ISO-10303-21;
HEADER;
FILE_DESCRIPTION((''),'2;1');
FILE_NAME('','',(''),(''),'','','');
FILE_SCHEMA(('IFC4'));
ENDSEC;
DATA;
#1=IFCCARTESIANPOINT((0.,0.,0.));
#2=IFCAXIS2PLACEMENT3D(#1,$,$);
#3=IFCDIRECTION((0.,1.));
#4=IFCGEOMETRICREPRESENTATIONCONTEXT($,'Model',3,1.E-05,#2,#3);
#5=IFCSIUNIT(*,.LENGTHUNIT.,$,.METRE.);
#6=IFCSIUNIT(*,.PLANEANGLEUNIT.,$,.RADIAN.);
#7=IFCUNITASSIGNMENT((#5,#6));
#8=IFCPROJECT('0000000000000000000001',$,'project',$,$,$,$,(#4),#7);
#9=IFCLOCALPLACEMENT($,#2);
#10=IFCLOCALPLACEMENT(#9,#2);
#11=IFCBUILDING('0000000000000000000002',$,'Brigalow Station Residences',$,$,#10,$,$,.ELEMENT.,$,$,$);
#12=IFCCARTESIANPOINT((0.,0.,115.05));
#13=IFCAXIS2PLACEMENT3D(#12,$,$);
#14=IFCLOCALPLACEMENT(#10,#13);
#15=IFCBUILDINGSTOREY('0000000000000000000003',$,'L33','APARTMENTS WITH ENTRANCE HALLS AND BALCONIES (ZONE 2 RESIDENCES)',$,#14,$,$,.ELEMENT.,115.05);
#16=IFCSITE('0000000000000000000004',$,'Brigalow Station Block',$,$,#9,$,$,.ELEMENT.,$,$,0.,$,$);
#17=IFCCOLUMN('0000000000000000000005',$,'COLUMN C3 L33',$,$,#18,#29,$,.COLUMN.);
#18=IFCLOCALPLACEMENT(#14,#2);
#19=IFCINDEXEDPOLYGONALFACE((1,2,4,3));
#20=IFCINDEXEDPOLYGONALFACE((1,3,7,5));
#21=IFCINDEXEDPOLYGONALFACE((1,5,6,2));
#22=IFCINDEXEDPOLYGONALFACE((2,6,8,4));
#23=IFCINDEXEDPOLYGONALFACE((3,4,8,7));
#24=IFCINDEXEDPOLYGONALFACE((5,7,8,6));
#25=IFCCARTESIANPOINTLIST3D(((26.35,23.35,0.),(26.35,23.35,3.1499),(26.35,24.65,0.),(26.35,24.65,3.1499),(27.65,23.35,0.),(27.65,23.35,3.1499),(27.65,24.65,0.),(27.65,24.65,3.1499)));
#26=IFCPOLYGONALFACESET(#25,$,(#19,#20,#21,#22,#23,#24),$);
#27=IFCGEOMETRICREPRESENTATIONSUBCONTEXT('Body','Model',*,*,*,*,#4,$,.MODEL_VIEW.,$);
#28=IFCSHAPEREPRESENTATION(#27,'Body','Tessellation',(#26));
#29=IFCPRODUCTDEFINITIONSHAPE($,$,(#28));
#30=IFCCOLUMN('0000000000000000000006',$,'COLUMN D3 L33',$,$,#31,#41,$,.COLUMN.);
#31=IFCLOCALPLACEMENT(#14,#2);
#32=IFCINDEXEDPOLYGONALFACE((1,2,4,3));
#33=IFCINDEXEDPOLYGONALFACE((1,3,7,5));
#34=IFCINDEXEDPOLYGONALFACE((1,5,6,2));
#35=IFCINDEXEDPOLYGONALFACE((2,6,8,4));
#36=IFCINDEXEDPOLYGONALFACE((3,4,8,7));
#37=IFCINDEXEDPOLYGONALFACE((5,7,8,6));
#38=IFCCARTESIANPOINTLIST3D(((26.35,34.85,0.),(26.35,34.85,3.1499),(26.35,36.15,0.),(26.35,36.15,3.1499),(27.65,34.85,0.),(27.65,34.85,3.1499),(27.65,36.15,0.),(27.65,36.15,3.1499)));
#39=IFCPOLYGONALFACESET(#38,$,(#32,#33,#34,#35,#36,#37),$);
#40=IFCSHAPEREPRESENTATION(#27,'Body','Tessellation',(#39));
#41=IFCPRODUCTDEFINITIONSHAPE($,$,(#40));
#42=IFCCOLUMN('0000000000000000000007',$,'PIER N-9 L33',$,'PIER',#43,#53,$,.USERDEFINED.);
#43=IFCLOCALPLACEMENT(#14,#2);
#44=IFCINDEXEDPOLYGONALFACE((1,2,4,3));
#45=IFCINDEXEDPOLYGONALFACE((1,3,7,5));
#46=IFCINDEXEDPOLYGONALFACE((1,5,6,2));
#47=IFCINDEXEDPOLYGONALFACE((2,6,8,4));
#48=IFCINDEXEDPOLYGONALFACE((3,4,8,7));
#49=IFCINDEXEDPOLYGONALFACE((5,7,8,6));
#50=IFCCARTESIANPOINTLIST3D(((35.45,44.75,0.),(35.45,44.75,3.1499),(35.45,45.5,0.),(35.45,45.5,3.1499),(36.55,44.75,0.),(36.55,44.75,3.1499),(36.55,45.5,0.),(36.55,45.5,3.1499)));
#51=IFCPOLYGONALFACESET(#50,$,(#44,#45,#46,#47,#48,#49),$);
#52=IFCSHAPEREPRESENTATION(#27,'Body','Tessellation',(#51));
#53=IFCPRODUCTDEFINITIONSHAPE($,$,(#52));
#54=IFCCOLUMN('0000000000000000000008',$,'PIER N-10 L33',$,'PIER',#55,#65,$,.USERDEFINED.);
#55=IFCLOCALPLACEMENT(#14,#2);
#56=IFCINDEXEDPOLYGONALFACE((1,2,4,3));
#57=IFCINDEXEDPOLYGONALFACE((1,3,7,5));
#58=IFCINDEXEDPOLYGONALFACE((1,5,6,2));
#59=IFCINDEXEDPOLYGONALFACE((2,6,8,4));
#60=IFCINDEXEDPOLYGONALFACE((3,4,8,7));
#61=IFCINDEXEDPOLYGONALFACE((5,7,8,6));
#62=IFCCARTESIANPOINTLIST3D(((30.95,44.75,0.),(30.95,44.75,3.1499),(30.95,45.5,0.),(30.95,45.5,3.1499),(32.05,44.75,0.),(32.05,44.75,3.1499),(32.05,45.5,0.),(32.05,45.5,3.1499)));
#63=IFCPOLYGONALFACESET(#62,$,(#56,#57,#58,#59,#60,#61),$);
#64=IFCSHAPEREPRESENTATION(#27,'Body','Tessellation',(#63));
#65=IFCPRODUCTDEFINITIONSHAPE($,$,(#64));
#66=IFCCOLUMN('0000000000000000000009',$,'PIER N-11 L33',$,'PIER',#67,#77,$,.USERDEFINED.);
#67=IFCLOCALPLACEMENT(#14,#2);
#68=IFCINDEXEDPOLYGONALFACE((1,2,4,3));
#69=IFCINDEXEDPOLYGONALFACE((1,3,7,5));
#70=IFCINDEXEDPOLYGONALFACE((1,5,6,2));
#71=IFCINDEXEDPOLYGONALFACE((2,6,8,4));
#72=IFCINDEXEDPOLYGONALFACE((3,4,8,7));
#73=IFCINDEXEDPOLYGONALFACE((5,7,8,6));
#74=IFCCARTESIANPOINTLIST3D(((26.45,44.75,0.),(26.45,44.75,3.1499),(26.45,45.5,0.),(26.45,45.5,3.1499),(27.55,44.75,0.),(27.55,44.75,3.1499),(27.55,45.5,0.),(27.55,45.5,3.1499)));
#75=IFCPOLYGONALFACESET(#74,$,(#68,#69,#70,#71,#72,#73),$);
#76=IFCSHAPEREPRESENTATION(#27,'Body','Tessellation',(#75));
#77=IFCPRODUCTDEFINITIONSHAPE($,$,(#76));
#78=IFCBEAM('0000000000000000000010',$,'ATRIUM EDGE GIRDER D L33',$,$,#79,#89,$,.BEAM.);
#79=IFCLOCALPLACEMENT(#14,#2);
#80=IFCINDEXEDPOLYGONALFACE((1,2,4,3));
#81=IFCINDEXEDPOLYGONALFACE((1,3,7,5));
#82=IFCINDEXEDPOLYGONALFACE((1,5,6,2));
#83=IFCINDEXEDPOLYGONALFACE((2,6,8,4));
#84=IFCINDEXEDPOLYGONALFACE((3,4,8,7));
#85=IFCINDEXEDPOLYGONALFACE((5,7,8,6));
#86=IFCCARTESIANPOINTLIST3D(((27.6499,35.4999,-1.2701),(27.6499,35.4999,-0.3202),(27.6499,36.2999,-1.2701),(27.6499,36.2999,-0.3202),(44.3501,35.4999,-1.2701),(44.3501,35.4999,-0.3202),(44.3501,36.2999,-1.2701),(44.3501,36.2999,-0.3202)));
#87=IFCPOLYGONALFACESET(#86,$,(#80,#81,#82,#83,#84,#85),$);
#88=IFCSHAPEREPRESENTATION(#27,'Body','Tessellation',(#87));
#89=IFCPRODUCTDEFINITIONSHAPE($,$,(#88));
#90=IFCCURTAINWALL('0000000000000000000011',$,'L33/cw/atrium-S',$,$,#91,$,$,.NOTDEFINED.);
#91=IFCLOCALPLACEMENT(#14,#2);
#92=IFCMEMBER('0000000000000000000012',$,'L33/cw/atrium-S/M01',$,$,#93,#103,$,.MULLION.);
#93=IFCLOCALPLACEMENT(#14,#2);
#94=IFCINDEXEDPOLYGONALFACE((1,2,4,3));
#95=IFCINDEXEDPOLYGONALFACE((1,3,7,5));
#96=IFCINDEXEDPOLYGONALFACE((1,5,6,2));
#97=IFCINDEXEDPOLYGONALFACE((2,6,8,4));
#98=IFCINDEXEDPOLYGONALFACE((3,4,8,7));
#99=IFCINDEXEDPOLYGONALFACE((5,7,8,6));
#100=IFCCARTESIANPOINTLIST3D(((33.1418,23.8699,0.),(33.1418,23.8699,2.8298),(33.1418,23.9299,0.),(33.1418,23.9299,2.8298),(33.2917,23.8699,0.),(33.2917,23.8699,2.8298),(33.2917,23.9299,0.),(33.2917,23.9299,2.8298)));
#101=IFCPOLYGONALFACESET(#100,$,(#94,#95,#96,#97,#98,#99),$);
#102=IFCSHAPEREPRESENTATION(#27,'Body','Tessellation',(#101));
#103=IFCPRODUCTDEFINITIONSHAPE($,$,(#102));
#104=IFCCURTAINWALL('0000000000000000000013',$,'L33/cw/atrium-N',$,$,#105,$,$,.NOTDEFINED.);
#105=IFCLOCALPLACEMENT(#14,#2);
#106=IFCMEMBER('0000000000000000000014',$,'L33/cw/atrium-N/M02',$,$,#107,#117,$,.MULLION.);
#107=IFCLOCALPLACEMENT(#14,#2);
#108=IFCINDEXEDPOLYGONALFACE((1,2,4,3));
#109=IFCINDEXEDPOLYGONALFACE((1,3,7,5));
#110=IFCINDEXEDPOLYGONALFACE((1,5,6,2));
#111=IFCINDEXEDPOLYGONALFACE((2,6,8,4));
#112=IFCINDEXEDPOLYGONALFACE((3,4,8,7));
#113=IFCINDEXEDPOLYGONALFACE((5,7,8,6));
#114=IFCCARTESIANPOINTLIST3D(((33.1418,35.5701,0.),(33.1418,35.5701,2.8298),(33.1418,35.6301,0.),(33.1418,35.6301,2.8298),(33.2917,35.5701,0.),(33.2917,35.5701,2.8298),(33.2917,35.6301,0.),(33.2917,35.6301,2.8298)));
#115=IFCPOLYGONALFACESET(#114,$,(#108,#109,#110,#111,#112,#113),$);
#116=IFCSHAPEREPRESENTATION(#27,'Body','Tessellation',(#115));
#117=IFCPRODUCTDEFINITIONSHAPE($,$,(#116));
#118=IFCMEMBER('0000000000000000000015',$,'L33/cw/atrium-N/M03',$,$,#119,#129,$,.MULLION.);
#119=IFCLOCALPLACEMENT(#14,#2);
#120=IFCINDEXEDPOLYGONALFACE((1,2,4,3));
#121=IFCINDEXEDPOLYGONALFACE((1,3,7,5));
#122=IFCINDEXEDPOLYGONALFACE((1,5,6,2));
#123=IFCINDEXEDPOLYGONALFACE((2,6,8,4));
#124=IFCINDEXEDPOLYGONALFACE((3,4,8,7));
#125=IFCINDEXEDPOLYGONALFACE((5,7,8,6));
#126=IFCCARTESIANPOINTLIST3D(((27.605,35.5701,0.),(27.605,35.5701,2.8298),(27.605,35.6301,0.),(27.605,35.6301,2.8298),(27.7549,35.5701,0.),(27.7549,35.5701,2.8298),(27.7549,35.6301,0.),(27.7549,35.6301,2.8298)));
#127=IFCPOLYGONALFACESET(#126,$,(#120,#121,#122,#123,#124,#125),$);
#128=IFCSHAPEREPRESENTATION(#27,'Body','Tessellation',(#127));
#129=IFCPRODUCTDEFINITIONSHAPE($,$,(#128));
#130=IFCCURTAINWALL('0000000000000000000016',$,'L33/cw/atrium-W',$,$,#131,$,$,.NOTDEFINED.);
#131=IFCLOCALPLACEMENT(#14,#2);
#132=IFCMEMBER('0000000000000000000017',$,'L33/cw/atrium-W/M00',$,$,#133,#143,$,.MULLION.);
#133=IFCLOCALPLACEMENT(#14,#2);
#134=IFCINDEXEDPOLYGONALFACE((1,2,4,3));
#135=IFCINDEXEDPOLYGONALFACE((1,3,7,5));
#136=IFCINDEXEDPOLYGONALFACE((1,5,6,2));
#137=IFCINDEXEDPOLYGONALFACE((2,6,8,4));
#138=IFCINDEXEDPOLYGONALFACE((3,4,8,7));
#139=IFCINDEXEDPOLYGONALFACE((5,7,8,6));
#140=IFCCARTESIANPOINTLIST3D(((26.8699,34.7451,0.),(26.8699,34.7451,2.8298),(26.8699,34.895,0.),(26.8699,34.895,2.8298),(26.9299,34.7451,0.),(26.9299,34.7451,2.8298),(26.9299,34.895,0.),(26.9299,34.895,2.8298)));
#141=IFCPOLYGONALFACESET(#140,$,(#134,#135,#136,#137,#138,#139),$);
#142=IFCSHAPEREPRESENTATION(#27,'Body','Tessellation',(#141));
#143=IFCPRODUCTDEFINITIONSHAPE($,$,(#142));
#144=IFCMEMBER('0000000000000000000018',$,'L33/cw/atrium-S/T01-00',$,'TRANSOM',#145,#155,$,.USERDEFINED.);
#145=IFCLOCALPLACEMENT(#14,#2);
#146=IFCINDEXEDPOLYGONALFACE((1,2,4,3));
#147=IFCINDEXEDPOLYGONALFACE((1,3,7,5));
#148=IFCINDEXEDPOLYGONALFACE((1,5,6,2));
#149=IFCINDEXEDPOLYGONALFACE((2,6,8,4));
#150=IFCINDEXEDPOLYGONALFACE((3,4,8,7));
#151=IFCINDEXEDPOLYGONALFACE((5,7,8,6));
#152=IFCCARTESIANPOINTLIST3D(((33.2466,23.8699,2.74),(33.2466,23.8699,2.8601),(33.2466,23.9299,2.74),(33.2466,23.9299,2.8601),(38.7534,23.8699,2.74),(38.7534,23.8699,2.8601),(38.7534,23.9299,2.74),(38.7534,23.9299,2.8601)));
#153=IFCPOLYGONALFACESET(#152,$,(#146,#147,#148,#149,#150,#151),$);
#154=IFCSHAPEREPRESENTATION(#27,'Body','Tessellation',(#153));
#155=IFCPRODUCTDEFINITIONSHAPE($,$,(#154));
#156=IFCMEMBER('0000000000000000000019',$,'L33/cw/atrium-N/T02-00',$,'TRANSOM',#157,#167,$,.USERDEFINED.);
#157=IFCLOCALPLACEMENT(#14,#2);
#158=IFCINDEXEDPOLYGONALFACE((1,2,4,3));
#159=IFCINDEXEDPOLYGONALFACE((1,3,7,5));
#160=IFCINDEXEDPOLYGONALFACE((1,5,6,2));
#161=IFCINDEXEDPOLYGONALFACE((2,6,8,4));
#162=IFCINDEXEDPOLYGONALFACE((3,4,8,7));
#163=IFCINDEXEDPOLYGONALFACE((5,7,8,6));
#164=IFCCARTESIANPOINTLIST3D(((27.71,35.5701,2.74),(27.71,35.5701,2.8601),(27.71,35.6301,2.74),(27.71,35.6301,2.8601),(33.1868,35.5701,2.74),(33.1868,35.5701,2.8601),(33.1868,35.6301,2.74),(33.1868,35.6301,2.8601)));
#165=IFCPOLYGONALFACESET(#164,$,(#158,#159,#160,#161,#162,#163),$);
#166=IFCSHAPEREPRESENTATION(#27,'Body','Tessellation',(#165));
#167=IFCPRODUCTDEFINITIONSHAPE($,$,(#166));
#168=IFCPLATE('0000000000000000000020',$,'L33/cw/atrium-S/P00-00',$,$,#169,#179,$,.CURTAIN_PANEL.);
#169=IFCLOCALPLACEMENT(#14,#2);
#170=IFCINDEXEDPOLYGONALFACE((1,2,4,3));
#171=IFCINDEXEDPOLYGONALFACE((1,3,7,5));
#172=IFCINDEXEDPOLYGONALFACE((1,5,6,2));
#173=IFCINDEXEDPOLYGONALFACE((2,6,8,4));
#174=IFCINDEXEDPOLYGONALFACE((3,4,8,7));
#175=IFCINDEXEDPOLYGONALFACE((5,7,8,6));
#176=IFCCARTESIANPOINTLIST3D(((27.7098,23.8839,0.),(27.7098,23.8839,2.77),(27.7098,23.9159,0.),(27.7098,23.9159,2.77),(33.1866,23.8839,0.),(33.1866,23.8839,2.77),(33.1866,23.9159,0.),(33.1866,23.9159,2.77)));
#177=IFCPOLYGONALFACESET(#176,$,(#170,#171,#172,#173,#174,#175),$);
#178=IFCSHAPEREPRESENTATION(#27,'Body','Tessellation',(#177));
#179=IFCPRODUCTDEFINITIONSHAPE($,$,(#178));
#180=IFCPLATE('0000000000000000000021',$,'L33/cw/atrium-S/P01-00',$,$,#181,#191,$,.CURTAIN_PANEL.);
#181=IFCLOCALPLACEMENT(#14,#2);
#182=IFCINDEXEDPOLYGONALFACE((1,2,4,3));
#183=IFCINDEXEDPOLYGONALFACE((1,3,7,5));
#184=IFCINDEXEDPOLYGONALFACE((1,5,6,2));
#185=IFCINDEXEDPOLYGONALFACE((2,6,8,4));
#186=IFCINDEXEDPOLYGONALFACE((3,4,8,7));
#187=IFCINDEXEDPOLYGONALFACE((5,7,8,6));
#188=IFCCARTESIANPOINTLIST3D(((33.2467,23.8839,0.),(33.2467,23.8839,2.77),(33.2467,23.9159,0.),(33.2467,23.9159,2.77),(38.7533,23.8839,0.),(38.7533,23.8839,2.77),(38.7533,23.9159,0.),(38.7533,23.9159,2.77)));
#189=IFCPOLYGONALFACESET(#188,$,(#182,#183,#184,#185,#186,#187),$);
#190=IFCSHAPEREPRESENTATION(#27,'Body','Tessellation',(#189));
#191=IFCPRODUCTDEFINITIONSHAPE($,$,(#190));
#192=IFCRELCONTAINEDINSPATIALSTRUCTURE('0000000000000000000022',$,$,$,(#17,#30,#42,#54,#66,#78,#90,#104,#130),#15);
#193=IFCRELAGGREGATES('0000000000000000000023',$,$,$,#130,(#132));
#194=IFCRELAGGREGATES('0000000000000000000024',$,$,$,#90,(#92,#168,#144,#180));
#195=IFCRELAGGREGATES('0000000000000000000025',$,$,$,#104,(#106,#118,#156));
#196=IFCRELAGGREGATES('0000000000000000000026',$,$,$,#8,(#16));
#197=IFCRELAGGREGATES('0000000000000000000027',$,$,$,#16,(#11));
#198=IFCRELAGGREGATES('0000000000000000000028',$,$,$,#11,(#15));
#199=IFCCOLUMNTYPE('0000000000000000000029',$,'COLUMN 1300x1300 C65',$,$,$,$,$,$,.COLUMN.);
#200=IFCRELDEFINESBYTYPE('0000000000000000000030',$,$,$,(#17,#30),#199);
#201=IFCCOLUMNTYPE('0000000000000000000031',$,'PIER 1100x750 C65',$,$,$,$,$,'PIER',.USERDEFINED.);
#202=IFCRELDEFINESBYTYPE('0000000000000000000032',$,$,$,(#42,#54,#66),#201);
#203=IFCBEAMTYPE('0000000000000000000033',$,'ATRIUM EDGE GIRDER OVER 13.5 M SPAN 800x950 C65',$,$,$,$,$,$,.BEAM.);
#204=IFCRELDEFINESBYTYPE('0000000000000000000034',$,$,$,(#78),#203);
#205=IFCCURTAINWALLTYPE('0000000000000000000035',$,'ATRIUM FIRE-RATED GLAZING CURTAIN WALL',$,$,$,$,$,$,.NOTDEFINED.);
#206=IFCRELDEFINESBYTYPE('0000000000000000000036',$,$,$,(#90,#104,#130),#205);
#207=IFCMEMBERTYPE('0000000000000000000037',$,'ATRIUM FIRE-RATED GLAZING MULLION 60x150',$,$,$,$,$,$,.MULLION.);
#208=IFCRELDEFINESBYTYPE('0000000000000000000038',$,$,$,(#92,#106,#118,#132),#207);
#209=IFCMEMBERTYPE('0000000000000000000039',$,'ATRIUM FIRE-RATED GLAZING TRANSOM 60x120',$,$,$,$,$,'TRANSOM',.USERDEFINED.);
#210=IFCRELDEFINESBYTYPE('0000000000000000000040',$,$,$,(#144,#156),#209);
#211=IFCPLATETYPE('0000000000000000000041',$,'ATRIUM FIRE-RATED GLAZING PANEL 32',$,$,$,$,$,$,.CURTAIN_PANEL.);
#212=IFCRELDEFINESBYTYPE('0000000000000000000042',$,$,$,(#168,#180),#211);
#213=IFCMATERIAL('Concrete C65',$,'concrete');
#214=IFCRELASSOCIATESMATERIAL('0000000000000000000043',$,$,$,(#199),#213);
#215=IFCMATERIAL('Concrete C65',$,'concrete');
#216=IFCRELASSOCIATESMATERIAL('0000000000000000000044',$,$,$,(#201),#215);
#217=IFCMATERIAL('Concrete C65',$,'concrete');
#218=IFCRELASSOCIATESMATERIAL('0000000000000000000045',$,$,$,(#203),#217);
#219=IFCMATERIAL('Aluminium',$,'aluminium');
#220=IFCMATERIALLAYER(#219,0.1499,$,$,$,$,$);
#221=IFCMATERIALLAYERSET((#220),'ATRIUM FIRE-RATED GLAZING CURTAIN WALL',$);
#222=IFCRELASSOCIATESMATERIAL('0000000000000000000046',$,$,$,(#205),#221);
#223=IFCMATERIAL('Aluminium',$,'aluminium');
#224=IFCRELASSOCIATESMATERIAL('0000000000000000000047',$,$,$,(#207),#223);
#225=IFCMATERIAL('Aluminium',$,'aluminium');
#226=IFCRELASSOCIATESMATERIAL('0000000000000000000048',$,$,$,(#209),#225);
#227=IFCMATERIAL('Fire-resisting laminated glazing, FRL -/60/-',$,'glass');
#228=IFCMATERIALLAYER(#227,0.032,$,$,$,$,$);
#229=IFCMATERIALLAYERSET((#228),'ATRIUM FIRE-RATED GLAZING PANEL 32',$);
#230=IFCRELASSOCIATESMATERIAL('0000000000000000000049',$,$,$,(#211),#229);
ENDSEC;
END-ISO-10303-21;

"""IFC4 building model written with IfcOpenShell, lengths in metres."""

from ifc_helpers import new_model, si_unit, direction, frame, origin, origin_2d, place, context, subcontext, project, spatial, rectangle, extrude, material, layer, layer_set, material_profile, profile_set, type_object, element, aggregate, save


model = new_model("IFC4")

# Units and contexts
model_context = context("Model", 3, precision=1e-05, world=origin(), true_north=direction((0.0, 1.0)))
body_context = subcontext(model_context, "Body", "Model", "MODEL_VIEW")
ifc_project = project(units=[si_unit("LENGTHUNIT", "METRE"), si_unit("PLANEANGLEUNIT", "RADIAN")], contexts=[model_context])

# Site, building, storey
site_placement = place(None, origin())
site = spatial("IfcSite", under=ifc_project, at=site_placement, Name="Brigalow Station Block", CompositionType="ELEMENT", RefElevation=0.0)
building_placement = place(site_placement, origin())
building = spatial("IfcBuilding", under=site, at=building_placement, Name="Brigalow Station Residences", CompositionType="ELEMENT")
storey_placement = place(building_placement, frame((0.0, 0.0, 115.05)))
storey = spatial("IfcBuildingStorey", under=building, at=storey_placement, Name="L33", Description="APARTMENTS WITH ENTRANCE HALLS AND BALCONIES (ZONE 2 RESIDENCES)", CompositionType="ELEMENT", Elevation=115.05)

# Columns
ifc_material_1 = material(Name="Concrete C65", Category="concrete")
ifc_material_profile_1 = material_profile(ifc_material_1, rectangle(XDim=1.3, YDim=1.3, at=origin_2d()), Name="RC1300x1300")
ifc_profile_set_1 = profile_set([ifc_material_profile_1], Name="Concrete C65")
column_type_1 = type_object("IfcColumnType", Name="COLUMN 1300x1300 C65", PredefinedType="COLUMN", material=ifc_profile_set_1)
for number, where, z_axis, x_axis, name in (
    (1, (27.0, 24.0, 0.0), (0.0, 0.0, 1.0), (1.0, 0.0, 0.0), "COLUMN C3 L33"),
    (2, (27.0, 35.5, 0.0), (0.0, 0.0, 1.0), (1.0, 0.0, 0.0), "COLUMN D3 L33"),
):
    element("IfcColumn", number, at=place(storey_placement, frame(where, z_axis=z_axis, x_axis=x_axis)), inside=storey, type_object=column_type_1, Name=name, PredefinedType="COLUMN", context=body_context, shape_type="SweptSolid", body=[
        extrude(rectangle(XDim=1.3, YDim=1.3, at=origin_2d()), origin(), (0.0, 0.0, 1.0), 3.1499),
    ])
ifc_material_2 = material(Name="Concrete C65", Category="concrete")
ifc_material_profile_2 = material_profile(ifc_material_2, rectangle(XDim=1.1001, YDim=0.75, at=origin_2d()), Name="RC1100x750")
ifc_profile_set_2 = profile_set([ifc_material_profile_2], Name="Concrete C65")
column_type_2 = type_object("IfcColumnType", Name="PIER 1100x750 C65", ElementType="PIER", PredefinedType="USERDEFINED", material=ifc_profile_set_2)
for number, where, z_axis, x_axis, name in (
    (3, (36.0, 45.125, 0.0), (0.0, 0.0, 1.0), (-1.0, 0.0, 0.0), "PIER N-9 L33"),
    (4, (31.5, 45.125, 0.0), (0.0, 0.0, 1.0), (-1.0, 0.0, 0.0), "PIER N-10 L33"),
    (5, (27.0, 45.125, 0.0), (0.0, 0.0, 1.0), (-1.0, 0.0, 0.0), "PIER N-11 L33"),
):
    element("IfcColumn", number, at=place(storey_placement, frame(where, z_axis=z_axis, x_axis=x_axis)), inside=storey, type_object=column_type_2, Name=name, ObjectType="PIER", PredefinedType="USERDEFINED", context=body_context, shape_type="SweptSolid", body=[
        extrude(rectangle(XDim=1.1001, YDim=0.75, at=origin_2d()), origin(), (0.0, 0.0, 1.0), 3.1499),
    ])

# Beam
ifc_material_3 = material(Name="Concrete C65", Category="concrete")
ifc_material_profile_3 = material_profile(ifc_material_3, rectangle(XDim=0.8, YDim=0.95, at=origin_2d()), Name="RC800x950")
ifc_profile_set_3 = profile_set([ifc_material_profile_3], Name="Concrete C65")
beam_type = type_object("IfcBeamType", Name="ATRIUM EDGE GIRDER OVER 13.5 M SPAN 800x950 C65", PredefinedType="BEAM", material=ifc_profile_set_3)
beam_placement = place(storey_placement, frame((27.6499, 35.8999, -0.7952), z_axis=(1.0, 0.0, 0.0), x_axis=(0.0, 1.0, 0.0)))
element("IfcBeam", 6, at=beam_placement, inside=storey, type_object=beam_type, Name="ATRIUM EDGE GIRDER D L33", PredefinedType="BEAM", context=body_context, shape_type="SweptSolid", body=[
    extrude(rectangle(XDim=0.8, YDim=0.95, at=origin_2d()), origin(), (0.0, 0.0, 1.0), 16.7002),
])

# Curtain wall, member
ifc_material_4 = material(Name="Aluminium", Category="aluminium")
ifc_layer_1 = layer(ifc_material_4, 0.1499)
ifc_layer_set_1 = layer_set([ifc_layer_1], Name="ATRIUM FIRE-RATED GLAZING CURTAIN WALL")
curtain_wall_type = type_object("IfcCurtainWallType", Name="ATRIUM FIRE-RATED GLAZING CURTAIN WALL", PredefinedType="NOTDEFINED", material=ifc_layer_set_1)
curtain_wall_1_placement = place(storey_placement, origin())
curtain_wall_1 = element("IfcCurtainWall", 7, at=curtain_wall_1_placement, inside=storey, type_object=curtain_wall_type, Name="L33/cw/atrium-S", PredefinedType="NOTDEFINED")
ifc_material_5 = material(Name="Aluminium", Category="aluminium")
ifc_material_profile_4 = material_profile(ifc_material_5, rectangle(XDim=0.0601, YDim=0.1499, at=origin_2d()), Name="ATRIUM FIRE-RATED GLAZING MULLION 60x150")
ifc_profile_set_4 = profile_set([ifc_material_profile_4], Name="Aluminium")
member_type_1 = type_object("IfcMemberType", Name="ATRIUM FIRE-RATED GLAZING MULLION 60x150", PredefinedType="MULLION", material=ifc_profile_set_4)
member_1_placement = place(storey_placement, frame((33.2168, 23.8999, 0.0), z_axis=(0.0, 0.0, 1.0), x_axis=(0.0, 1.0, 0.0)))
member_1 = element("IfcMember", 8, at=member_1_placement, type_object=member_type_1, Name="L33/cw/atrium-S/M01", PredefinedType="MULLION", context=body_context, shape_type="SweptSolid", body=[
    extrude(rectangle(XDim=0.0601, YDim=0.1499, at=origin_2d()), origin(), (0.0, 0.0, 1.0), 2.8298),
])

# Curtain wall, members
curtain_wall_2_placement = place(storey_placement, origin())
curtain_wall_2 = element("IfcCurtainWall", 9, at=curtain_wall_2_placement, inside=storey, type_object=curtain_wall_type, Name="L33/cw/atrium-N", PredefinedType="NOTDEFINED")
member_2_placement = place(storey_placement, frame((33.2168, 35.6001, 0.0), z_axis=(0.0, 0.0, 1.0), x_axis=(0.0, -1.0, 0.0)))
member_2 = element("IfcMember", 10, at=member_2_placement, type_object=member_type_1, Name="L33/cw/atrium-N/M02", PredefinedType="MULLION", context=body_context, shape_type="SweptSolid", body=[
    extrude(rectangle(XDim=0.0601, YDim=0.1499, at=origin_2d()), origin(), (0.0, 0.0, 1.0), 2.8298),
])
member_3_placement = place(storey_placement, frame((27.6799, 35.6001, 0.0), z_axis=(0.0, 0.0, 1.0), x_axis=(0.0, -1.0, 0.0)))
member_3 = element("IfcMember", 11, at=member_3_placement, type_object=member_type_1, Name="L33/cw/atrium-N/M03", PredefinedType="MULLION", context=body_context, shape_type="SweptSolid", body=[
    extrude(rectangle(XDim=0.0601, YDim=0.1499, at=origin_2d()), origin(), (0.0, 0.0, 1.0), 2.8298),
])

# Curtain wall, member
curtain_wall_3_placement = place(storey_placement, origin())
curtain_wall_3 = element("IfcCurtainWall", 12, at=curtain_wall_3_placement, inside=storey, type_object=curtain_wall_type, Name="L33/cw/atrium-W", PredefinedType="NOTDEFINED")
member_4_placement = place(storey_placement, frame((26.8999, 34.8201, 0.0), z_axis=(0.0, 0.0, 1.0), x_axis=(1.0, 0.0, 0.0)))
member_4 = element("IfcMember", 13, at=member_4_placement, type_object=member_type_1, Name="L33/cw/atrium-W/M00", PredefinedType="MULLION", context=body_context, shape_type="SweptSolid", body=[
    extrude(rectangle(XDim=0.0601, YDim=0.1499, at=origin_2d()), origin(), (0.0, 0.0, 1.0), 2.8298),
])
aggregate(curtain_wall_3, [member_4])

# Members
ifc_material_6 = material(Name="Aluminium", Category="aluminium")
ifc_material_profile_5 = material_profile(ifc_material_6, rectangle(XDim=0.0601, YDim=0.1201, at=origin_2d()), Name="ATRIUM FIRE-RATED GLAZING TRANSOM 60x120")
ifc_profile_set_5 = profile_set([ifc_material_profile_5], Name="Aluminium")
member_type_2 = type_object("IfcMemberType", Name="ATRIUM FIRE-RATED GLAZING TRANSOM 60x120", ElementType="TRANSOM", PredefinedType="USERDEFINED", material=ifc_profile_set_5)
member_5_placement = place(storey_placement, frame((33.2466, 23.8999, 2.8), z_axis=(1.0, 0.0, 0.0), x_axis=(0.0, 1.0, 0.0)))
member_5 = element("IfcMember", 14, at=member_5_placement, type_object=member_type_2, Name="L33/cw/atrium-S/T01-00", ObjectType="TRANSOM", PredefinedType="USERDEFINED", context=body_context, shape_type="SweptSolid", body=[
    extrude(rectangle(XDim=0.0601, YDim=0.1201, at=origin_2d()), origin(), (0.0, 0.0, 1.0), 5.5068),
])
member_6_placement = place(storey_placement, frame((33.1868, 35.6001, 2.8), z_axis=(-1.0, 0.0, 0.0), x_axis=(0.0, -1.0, 0.0)))
member_6 = element("IfcMember", 15, at=member_6_placement, type_object=member_type_2, Name="L33/cw/atrium-N/T02-00", ObjectType="TRANSOM", PredefinedType="USERDEFINED", context=body_context, shape_type="SweptSolid", body=[
    extrude(rectangle(XDim=0.0601, YDim=0.1201, at=origin_2d()), origin(), (0.0, 0.0, 1.0), 5.4768),
])

# Plates
ifc_material_7 = material(Name="Fire-resisting laminated glazing, FRL -/60/-", Category="glass")
ifc_layer_2 = layer(ifc_material_7, 0.032)
ifc_layer_set_2 = layer_set([ifc_layer_2], Name="ATRIUM FIRE-RATED GLAZING PANEL 32")
plate_type = type_object("IfcPlateType", Name="ATRIUM FIRE-RATED GLAZING PANEL 32", PredefinedType="CURTAIN_PANEL", material=ifc_layer_set_2)
plate_1_placement = place(storey_placement, frame((30.4482, 23.8999, 0.0), z_axis=(0.0, 0.0, 1.0), x_axis=(1.0, 0.0, 0.0)))
plate_1 = element("IfcPlate", 16, at=plate_1_placement, type_object=plate_type, Name="L33/cw/atrium-S/P00-00", PredefinedType="CURTAIN_PANEL", context=body_context, shape_type="SweptSolid", body=[
    extrude(rectangle(XDim=5.4768, YDim=0.032, at=origin_2d()), origin(), (0.0, 0.0, 1.0), 2.77),
])
plate_2_placement = place(storey_placement, frame((36.0, 23.8999, 0.0), z_axis=(0.0, 0.0, 1.0), x_axis=(1.0, 0.0, 0.0)))
plate_2 = element("IfcPlate", 17, at=plate_2_placement, type_object=plate_type, Name="L33/cw/atrium-S/P01-00", PredefinedType="CURTAIN_PANEL", context=body_context, shape_type="SweptSolid", body=[
    extrude(rectangle(XDim=5.5066, YDim=0.032, at=origin_2d()), origin(), (0.0, 0.0, 1.0), 2.77),
])
aggregate(curtain_wall_1, [member_1, plate_1, member_5, plate_2])
aggregate(curtain_wall_2, [member_2, member_3, member_6])

save(model, "model.ifc")
